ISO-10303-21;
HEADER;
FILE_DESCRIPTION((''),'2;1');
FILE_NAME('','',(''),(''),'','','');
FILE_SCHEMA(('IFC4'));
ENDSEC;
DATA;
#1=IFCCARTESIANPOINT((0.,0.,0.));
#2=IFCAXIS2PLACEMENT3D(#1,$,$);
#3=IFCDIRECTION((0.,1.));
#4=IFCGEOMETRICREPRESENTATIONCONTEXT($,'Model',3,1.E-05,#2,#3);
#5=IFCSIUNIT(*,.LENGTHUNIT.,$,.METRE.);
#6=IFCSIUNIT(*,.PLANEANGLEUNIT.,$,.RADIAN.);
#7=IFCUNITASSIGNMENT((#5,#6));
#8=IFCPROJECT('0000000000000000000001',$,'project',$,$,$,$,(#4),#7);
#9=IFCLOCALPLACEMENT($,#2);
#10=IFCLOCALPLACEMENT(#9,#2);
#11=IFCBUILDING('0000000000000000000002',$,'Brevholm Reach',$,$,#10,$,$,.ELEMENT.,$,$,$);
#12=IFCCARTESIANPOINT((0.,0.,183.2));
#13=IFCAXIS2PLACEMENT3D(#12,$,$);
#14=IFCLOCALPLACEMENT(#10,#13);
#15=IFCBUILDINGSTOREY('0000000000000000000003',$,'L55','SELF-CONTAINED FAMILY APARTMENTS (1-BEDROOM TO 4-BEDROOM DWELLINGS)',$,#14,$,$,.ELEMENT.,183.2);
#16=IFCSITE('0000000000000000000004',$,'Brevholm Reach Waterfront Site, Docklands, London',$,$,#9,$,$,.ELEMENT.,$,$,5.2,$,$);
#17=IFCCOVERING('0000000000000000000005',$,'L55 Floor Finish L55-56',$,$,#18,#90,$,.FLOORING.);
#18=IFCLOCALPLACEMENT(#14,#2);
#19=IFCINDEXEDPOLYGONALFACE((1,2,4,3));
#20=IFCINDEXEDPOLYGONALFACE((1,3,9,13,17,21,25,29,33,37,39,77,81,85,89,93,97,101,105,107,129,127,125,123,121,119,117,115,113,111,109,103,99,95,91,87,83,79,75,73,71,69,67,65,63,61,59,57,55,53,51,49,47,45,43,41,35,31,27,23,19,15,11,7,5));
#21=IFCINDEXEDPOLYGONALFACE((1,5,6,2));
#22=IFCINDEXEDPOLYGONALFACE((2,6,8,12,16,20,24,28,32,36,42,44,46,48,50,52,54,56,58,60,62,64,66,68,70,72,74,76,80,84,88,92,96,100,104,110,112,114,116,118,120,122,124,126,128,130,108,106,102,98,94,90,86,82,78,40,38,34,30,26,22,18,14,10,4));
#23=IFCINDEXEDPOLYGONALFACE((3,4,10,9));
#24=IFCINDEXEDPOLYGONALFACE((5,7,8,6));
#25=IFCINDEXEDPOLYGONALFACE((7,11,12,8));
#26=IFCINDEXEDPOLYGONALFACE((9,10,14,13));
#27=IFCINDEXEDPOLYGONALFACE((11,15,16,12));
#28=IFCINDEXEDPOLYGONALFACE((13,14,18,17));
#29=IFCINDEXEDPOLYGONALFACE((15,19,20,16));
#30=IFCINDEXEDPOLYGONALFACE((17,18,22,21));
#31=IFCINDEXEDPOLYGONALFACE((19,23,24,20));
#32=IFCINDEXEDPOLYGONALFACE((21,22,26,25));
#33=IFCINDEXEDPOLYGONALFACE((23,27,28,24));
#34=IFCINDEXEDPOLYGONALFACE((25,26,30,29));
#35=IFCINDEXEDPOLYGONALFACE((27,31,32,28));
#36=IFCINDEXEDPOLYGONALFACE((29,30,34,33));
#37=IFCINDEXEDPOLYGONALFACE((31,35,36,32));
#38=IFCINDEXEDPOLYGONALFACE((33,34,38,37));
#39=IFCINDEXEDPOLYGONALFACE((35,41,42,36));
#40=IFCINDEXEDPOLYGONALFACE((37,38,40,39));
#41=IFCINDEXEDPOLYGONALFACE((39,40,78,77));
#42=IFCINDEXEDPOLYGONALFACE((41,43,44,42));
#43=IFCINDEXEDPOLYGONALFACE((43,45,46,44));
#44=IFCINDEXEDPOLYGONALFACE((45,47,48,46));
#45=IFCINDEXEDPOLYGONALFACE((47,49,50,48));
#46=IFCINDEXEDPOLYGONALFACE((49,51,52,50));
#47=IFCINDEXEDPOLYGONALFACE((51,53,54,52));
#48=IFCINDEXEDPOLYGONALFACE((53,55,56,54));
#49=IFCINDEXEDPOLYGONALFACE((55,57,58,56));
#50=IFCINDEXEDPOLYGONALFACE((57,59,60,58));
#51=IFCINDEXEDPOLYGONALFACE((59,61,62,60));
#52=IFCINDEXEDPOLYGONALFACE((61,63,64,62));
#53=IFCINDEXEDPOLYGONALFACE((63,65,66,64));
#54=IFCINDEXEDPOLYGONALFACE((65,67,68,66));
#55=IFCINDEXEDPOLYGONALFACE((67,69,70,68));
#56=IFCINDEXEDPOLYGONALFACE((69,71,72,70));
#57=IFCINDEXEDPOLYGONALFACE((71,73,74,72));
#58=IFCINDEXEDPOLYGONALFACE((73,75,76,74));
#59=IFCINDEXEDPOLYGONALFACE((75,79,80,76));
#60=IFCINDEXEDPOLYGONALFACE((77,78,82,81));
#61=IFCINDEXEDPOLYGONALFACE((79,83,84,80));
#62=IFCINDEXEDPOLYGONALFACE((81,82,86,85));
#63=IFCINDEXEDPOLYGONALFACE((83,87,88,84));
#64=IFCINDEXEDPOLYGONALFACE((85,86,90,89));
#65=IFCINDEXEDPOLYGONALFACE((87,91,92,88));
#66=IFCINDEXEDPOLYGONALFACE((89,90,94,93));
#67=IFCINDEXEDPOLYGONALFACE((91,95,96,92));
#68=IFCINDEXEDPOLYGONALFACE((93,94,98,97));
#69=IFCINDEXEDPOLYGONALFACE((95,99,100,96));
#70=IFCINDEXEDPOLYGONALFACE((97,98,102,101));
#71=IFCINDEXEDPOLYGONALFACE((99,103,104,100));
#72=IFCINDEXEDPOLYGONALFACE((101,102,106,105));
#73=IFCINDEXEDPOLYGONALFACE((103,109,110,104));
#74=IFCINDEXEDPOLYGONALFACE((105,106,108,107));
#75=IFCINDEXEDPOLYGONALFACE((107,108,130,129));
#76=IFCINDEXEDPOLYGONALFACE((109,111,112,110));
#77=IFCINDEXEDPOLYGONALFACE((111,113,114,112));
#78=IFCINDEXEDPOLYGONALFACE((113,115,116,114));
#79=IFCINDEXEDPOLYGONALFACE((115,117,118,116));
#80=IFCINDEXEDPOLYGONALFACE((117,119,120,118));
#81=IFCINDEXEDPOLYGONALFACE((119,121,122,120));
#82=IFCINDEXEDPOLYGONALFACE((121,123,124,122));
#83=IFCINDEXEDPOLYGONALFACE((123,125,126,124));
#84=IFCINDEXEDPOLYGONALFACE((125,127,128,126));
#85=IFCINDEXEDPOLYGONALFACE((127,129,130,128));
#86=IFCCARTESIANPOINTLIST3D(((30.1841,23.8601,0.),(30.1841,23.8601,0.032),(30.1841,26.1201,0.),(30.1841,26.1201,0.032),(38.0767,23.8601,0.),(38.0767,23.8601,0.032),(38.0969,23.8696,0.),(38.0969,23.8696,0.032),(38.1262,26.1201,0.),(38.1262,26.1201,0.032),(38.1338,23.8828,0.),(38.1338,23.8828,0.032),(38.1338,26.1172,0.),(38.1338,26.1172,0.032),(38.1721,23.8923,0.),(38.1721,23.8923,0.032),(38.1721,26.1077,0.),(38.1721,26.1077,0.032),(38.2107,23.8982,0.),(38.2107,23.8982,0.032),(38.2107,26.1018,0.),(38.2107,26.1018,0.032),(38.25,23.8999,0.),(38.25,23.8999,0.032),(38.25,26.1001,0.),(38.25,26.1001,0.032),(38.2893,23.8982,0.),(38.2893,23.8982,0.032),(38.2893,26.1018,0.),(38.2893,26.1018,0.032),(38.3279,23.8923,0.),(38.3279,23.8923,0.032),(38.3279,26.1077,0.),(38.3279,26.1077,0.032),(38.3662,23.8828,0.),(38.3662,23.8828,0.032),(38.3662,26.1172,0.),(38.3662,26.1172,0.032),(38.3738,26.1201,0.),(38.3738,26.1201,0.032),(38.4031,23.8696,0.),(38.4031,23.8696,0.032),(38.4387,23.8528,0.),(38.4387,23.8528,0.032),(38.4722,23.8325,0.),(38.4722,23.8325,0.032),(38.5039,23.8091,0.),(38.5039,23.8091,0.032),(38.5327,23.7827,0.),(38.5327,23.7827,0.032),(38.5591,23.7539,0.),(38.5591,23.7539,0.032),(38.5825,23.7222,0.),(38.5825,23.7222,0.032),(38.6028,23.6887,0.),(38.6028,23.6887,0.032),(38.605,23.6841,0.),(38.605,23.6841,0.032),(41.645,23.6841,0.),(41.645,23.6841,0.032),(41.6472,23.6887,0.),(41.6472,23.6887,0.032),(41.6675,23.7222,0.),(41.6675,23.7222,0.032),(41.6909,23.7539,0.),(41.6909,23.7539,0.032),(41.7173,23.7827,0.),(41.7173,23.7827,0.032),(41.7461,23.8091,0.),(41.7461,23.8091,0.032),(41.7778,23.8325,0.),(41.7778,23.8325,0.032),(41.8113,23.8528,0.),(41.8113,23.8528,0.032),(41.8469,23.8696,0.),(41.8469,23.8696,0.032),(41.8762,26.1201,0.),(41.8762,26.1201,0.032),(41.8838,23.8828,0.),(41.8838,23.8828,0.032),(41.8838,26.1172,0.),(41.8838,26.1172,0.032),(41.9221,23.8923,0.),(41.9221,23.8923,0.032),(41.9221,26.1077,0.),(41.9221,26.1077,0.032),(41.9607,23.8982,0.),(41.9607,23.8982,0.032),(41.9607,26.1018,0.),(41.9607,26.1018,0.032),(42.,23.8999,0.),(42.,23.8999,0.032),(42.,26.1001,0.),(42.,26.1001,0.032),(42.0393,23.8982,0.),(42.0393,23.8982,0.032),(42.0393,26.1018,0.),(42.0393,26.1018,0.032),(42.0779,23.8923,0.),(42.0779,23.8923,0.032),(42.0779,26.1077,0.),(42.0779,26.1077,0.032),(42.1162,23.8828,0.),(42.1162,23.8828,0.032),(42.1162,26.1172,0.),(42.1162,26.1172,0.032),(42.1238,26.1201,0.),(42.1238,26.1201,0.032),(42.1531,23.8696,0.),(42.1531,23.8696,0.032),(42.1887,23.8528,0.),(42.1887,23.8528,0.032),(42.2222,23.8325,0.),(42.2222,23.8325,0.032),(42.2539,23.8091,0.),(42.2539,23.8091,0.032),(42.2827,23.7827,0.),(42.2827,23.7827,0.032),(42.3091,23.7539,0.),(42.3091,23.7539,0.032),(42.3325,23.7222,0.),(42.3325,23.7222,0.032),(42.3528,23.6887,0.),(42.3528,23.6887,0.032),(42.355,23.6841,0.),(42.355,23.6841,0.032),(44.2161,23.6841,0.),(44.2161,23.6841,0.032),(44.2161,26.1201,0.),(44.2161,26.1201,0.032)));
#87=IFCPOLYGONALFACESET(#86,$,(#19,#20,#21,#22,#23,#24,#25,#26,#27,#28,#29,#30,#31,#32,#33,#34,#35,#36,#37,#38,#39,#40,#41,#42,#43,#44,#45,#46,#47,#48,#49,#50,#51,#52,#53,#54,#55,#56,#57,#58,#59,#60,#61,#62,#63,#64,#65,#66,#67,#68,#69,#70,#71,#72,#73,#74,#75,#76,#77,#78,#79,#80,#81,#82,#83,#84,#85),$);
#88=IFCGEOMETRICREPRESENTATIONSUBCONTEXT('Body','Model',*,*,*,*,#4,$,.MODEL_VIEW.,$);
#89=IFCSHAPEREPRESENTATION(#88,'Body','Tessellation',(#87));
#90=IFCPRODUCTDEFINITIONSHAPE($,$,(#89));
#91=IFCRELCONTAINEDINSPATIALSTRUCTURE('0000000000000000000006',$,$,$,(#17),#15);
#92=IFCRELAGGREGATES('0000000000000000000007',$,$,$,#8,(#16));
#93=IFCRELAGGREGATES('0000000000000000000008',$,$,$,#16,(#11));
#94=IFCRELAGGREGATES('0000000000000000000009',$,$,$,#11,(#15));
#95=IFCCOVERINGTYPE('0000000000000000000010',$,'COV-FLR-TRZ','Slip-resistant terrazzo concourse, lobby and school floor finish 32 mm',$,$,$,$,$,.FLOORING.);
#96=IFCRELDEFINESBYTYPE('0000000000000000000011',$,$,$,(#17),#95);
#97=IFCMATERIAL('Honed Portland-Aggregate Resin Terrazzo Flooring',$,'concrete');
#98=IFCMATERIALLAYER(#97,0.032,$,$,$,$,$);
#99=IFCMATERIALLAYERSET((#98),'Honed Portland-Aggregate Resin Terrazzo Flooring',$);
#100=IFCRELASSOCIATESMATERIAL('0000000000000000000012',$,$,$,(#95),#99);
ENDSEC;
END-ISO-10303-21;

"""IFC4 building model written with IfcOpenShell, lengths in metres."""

from ifc_helpers import new_model, si_unit, direction, frame, origin, place, context, subcontext, project, spatial, polyline, outline, extrude, material, layer, layer_set, type_object, element, save


model = new_model("IFC4")

# Units and contexts
model_context = context("Model", 3, precision=1e-05, world=origin(), true_north=direction((0.0, 1.0)))
body_context = subcontext(model_context, "Body", "Model", "MODEL_VIEW")
ifc_project = project(units=[si_unit("LENGTHUNIT", "METRE"), si_unit("PLANEANGLEUNIT", "RADIAN")], contexts=[model_context])

# Site, building, storey
site_placement = place(None, origin())
site = spatial("IfcSite", under=ifc_project, at=site_placement, Name="Brevholm Reach Waterfront Site, Docklands, London", CompositionType="ELEMENT", RefElevation=5.2)
building_placement = place(site_placement, origin())
building = spatial("IfcBuilding", under=site, at=building_placement, Name="Brevholm Reach", CompositionType="ELEMENT")
storey_placement = place(building_placement, frame((0.0, 0.0, 183.2)))
storey = spatial("IfcBuildingStorey", under=building, at=storey_placement, Name="L55", Description="SELF-CONTAINED FAMILY APARTMENTS (1-BEDROOM TO 4-BEDROOM DWELLINGS)", CompositionType="ELEMENT", Elevation=183.2)

# Covering
ifc_material_1 = material(Name="Honed Portland-Aggregate Resin Terrazzo Flooring", Category="concrete")
ifc_layer_1 = layer(ifc_material_1, 0.032)
ifc_layer_set_1 = layer_set([ifc_layer_1], Name="Honed Portland-Aggregate Resin Terrazzo Flooring")
covering_type_1 = type_object("IfcCoveringType", Name="COV-FLR-TRZ", Description="Slip-resistant terrazzo concourse, lobby and school floor finish 32 mm", PredefinedType="FLOORING", material=ifc_layer_set_1)
covering_1_placement = place(storey_placement, origin())
element("IfcCovering", 1, at=covering_1_placement, inside=storey, type_object=covering_type_1, Name="L55 Floor Finish L55-56", PredefinedType="FLOORING", context=body_context, shape_type="SweptSolid", body=[
    extrude(outline(polyline([(38.1262, 26.1201), (38.1338, 26.1172), (38.1721, 26.1077), (38.2107, 26.1018), (38.25, 26.1001), (38.2893, 26.1018), (38.3279, 26.1077), (38.3662, 26.1172), (38.3738, 26.1201), (41.8762, 26.1201), (41.8838, 26.1172), (41.9221, 26.1077), (41.9607, 26.1018), (42.0, 26.1001), (42.0393, 26.1018), (42.0779, 26.1077), (42.1162, 26.1172), (42.1238, 26.1201), (44.2161, 26.1201), (44.2161, 23.6841), (42.355, 23.6841), (42.3528, 23.6887), (42.3325, 23.7222), (42.3091, 23.7539), (42.2827, 23.7827), (42.2539, 23.8091), (42.2222, 23.8325), (42.1887, 23.8528), (42.1531, 23.8696), (42.1162, 23.8828), (42.0779, 23.8923), (42.0393, 23.8982), (42.0, 23.8999), (41.9607, 23.8982), (41.9221, 23.8923), (41.8838, 23.8828), (41.8469, 23.8696), (41.8113, 23.8528), (41.7778, 23.8325), (41.7461, 23.8091), (41.7173, 23.7827), (41.6909, 23.7539), (41.6675, 23.7222), (41.6472, 23.6887), (41.645, 23.6841), (38.605, 23.6841), (38.6028, 23.6887), (38.5825, 23.7222), (38.5591, 23.7539), (38.5327, 23.7827), (38.5039, 23.8091), (38.4722, 23.8325), (38.4387, 23.8528), (38.4031, 23.8696), (38.3662, 23.8828), (38.3279, 23.8923), (38.2893, 23.8982), (38.25, 23.8999), (38.2107, 23.8982), (38.1721, 23.8923), (38.1338, 23.8828), (38.0969, 23.8696), (38.0767, 23.8601), (30.1841, 23.8601), (30.1841, 26.1201), (38.1262, 26.1201)])), origin(), (0.0, 0.0, 1.0), 0.032),
])

save(model, "model.ifc")
